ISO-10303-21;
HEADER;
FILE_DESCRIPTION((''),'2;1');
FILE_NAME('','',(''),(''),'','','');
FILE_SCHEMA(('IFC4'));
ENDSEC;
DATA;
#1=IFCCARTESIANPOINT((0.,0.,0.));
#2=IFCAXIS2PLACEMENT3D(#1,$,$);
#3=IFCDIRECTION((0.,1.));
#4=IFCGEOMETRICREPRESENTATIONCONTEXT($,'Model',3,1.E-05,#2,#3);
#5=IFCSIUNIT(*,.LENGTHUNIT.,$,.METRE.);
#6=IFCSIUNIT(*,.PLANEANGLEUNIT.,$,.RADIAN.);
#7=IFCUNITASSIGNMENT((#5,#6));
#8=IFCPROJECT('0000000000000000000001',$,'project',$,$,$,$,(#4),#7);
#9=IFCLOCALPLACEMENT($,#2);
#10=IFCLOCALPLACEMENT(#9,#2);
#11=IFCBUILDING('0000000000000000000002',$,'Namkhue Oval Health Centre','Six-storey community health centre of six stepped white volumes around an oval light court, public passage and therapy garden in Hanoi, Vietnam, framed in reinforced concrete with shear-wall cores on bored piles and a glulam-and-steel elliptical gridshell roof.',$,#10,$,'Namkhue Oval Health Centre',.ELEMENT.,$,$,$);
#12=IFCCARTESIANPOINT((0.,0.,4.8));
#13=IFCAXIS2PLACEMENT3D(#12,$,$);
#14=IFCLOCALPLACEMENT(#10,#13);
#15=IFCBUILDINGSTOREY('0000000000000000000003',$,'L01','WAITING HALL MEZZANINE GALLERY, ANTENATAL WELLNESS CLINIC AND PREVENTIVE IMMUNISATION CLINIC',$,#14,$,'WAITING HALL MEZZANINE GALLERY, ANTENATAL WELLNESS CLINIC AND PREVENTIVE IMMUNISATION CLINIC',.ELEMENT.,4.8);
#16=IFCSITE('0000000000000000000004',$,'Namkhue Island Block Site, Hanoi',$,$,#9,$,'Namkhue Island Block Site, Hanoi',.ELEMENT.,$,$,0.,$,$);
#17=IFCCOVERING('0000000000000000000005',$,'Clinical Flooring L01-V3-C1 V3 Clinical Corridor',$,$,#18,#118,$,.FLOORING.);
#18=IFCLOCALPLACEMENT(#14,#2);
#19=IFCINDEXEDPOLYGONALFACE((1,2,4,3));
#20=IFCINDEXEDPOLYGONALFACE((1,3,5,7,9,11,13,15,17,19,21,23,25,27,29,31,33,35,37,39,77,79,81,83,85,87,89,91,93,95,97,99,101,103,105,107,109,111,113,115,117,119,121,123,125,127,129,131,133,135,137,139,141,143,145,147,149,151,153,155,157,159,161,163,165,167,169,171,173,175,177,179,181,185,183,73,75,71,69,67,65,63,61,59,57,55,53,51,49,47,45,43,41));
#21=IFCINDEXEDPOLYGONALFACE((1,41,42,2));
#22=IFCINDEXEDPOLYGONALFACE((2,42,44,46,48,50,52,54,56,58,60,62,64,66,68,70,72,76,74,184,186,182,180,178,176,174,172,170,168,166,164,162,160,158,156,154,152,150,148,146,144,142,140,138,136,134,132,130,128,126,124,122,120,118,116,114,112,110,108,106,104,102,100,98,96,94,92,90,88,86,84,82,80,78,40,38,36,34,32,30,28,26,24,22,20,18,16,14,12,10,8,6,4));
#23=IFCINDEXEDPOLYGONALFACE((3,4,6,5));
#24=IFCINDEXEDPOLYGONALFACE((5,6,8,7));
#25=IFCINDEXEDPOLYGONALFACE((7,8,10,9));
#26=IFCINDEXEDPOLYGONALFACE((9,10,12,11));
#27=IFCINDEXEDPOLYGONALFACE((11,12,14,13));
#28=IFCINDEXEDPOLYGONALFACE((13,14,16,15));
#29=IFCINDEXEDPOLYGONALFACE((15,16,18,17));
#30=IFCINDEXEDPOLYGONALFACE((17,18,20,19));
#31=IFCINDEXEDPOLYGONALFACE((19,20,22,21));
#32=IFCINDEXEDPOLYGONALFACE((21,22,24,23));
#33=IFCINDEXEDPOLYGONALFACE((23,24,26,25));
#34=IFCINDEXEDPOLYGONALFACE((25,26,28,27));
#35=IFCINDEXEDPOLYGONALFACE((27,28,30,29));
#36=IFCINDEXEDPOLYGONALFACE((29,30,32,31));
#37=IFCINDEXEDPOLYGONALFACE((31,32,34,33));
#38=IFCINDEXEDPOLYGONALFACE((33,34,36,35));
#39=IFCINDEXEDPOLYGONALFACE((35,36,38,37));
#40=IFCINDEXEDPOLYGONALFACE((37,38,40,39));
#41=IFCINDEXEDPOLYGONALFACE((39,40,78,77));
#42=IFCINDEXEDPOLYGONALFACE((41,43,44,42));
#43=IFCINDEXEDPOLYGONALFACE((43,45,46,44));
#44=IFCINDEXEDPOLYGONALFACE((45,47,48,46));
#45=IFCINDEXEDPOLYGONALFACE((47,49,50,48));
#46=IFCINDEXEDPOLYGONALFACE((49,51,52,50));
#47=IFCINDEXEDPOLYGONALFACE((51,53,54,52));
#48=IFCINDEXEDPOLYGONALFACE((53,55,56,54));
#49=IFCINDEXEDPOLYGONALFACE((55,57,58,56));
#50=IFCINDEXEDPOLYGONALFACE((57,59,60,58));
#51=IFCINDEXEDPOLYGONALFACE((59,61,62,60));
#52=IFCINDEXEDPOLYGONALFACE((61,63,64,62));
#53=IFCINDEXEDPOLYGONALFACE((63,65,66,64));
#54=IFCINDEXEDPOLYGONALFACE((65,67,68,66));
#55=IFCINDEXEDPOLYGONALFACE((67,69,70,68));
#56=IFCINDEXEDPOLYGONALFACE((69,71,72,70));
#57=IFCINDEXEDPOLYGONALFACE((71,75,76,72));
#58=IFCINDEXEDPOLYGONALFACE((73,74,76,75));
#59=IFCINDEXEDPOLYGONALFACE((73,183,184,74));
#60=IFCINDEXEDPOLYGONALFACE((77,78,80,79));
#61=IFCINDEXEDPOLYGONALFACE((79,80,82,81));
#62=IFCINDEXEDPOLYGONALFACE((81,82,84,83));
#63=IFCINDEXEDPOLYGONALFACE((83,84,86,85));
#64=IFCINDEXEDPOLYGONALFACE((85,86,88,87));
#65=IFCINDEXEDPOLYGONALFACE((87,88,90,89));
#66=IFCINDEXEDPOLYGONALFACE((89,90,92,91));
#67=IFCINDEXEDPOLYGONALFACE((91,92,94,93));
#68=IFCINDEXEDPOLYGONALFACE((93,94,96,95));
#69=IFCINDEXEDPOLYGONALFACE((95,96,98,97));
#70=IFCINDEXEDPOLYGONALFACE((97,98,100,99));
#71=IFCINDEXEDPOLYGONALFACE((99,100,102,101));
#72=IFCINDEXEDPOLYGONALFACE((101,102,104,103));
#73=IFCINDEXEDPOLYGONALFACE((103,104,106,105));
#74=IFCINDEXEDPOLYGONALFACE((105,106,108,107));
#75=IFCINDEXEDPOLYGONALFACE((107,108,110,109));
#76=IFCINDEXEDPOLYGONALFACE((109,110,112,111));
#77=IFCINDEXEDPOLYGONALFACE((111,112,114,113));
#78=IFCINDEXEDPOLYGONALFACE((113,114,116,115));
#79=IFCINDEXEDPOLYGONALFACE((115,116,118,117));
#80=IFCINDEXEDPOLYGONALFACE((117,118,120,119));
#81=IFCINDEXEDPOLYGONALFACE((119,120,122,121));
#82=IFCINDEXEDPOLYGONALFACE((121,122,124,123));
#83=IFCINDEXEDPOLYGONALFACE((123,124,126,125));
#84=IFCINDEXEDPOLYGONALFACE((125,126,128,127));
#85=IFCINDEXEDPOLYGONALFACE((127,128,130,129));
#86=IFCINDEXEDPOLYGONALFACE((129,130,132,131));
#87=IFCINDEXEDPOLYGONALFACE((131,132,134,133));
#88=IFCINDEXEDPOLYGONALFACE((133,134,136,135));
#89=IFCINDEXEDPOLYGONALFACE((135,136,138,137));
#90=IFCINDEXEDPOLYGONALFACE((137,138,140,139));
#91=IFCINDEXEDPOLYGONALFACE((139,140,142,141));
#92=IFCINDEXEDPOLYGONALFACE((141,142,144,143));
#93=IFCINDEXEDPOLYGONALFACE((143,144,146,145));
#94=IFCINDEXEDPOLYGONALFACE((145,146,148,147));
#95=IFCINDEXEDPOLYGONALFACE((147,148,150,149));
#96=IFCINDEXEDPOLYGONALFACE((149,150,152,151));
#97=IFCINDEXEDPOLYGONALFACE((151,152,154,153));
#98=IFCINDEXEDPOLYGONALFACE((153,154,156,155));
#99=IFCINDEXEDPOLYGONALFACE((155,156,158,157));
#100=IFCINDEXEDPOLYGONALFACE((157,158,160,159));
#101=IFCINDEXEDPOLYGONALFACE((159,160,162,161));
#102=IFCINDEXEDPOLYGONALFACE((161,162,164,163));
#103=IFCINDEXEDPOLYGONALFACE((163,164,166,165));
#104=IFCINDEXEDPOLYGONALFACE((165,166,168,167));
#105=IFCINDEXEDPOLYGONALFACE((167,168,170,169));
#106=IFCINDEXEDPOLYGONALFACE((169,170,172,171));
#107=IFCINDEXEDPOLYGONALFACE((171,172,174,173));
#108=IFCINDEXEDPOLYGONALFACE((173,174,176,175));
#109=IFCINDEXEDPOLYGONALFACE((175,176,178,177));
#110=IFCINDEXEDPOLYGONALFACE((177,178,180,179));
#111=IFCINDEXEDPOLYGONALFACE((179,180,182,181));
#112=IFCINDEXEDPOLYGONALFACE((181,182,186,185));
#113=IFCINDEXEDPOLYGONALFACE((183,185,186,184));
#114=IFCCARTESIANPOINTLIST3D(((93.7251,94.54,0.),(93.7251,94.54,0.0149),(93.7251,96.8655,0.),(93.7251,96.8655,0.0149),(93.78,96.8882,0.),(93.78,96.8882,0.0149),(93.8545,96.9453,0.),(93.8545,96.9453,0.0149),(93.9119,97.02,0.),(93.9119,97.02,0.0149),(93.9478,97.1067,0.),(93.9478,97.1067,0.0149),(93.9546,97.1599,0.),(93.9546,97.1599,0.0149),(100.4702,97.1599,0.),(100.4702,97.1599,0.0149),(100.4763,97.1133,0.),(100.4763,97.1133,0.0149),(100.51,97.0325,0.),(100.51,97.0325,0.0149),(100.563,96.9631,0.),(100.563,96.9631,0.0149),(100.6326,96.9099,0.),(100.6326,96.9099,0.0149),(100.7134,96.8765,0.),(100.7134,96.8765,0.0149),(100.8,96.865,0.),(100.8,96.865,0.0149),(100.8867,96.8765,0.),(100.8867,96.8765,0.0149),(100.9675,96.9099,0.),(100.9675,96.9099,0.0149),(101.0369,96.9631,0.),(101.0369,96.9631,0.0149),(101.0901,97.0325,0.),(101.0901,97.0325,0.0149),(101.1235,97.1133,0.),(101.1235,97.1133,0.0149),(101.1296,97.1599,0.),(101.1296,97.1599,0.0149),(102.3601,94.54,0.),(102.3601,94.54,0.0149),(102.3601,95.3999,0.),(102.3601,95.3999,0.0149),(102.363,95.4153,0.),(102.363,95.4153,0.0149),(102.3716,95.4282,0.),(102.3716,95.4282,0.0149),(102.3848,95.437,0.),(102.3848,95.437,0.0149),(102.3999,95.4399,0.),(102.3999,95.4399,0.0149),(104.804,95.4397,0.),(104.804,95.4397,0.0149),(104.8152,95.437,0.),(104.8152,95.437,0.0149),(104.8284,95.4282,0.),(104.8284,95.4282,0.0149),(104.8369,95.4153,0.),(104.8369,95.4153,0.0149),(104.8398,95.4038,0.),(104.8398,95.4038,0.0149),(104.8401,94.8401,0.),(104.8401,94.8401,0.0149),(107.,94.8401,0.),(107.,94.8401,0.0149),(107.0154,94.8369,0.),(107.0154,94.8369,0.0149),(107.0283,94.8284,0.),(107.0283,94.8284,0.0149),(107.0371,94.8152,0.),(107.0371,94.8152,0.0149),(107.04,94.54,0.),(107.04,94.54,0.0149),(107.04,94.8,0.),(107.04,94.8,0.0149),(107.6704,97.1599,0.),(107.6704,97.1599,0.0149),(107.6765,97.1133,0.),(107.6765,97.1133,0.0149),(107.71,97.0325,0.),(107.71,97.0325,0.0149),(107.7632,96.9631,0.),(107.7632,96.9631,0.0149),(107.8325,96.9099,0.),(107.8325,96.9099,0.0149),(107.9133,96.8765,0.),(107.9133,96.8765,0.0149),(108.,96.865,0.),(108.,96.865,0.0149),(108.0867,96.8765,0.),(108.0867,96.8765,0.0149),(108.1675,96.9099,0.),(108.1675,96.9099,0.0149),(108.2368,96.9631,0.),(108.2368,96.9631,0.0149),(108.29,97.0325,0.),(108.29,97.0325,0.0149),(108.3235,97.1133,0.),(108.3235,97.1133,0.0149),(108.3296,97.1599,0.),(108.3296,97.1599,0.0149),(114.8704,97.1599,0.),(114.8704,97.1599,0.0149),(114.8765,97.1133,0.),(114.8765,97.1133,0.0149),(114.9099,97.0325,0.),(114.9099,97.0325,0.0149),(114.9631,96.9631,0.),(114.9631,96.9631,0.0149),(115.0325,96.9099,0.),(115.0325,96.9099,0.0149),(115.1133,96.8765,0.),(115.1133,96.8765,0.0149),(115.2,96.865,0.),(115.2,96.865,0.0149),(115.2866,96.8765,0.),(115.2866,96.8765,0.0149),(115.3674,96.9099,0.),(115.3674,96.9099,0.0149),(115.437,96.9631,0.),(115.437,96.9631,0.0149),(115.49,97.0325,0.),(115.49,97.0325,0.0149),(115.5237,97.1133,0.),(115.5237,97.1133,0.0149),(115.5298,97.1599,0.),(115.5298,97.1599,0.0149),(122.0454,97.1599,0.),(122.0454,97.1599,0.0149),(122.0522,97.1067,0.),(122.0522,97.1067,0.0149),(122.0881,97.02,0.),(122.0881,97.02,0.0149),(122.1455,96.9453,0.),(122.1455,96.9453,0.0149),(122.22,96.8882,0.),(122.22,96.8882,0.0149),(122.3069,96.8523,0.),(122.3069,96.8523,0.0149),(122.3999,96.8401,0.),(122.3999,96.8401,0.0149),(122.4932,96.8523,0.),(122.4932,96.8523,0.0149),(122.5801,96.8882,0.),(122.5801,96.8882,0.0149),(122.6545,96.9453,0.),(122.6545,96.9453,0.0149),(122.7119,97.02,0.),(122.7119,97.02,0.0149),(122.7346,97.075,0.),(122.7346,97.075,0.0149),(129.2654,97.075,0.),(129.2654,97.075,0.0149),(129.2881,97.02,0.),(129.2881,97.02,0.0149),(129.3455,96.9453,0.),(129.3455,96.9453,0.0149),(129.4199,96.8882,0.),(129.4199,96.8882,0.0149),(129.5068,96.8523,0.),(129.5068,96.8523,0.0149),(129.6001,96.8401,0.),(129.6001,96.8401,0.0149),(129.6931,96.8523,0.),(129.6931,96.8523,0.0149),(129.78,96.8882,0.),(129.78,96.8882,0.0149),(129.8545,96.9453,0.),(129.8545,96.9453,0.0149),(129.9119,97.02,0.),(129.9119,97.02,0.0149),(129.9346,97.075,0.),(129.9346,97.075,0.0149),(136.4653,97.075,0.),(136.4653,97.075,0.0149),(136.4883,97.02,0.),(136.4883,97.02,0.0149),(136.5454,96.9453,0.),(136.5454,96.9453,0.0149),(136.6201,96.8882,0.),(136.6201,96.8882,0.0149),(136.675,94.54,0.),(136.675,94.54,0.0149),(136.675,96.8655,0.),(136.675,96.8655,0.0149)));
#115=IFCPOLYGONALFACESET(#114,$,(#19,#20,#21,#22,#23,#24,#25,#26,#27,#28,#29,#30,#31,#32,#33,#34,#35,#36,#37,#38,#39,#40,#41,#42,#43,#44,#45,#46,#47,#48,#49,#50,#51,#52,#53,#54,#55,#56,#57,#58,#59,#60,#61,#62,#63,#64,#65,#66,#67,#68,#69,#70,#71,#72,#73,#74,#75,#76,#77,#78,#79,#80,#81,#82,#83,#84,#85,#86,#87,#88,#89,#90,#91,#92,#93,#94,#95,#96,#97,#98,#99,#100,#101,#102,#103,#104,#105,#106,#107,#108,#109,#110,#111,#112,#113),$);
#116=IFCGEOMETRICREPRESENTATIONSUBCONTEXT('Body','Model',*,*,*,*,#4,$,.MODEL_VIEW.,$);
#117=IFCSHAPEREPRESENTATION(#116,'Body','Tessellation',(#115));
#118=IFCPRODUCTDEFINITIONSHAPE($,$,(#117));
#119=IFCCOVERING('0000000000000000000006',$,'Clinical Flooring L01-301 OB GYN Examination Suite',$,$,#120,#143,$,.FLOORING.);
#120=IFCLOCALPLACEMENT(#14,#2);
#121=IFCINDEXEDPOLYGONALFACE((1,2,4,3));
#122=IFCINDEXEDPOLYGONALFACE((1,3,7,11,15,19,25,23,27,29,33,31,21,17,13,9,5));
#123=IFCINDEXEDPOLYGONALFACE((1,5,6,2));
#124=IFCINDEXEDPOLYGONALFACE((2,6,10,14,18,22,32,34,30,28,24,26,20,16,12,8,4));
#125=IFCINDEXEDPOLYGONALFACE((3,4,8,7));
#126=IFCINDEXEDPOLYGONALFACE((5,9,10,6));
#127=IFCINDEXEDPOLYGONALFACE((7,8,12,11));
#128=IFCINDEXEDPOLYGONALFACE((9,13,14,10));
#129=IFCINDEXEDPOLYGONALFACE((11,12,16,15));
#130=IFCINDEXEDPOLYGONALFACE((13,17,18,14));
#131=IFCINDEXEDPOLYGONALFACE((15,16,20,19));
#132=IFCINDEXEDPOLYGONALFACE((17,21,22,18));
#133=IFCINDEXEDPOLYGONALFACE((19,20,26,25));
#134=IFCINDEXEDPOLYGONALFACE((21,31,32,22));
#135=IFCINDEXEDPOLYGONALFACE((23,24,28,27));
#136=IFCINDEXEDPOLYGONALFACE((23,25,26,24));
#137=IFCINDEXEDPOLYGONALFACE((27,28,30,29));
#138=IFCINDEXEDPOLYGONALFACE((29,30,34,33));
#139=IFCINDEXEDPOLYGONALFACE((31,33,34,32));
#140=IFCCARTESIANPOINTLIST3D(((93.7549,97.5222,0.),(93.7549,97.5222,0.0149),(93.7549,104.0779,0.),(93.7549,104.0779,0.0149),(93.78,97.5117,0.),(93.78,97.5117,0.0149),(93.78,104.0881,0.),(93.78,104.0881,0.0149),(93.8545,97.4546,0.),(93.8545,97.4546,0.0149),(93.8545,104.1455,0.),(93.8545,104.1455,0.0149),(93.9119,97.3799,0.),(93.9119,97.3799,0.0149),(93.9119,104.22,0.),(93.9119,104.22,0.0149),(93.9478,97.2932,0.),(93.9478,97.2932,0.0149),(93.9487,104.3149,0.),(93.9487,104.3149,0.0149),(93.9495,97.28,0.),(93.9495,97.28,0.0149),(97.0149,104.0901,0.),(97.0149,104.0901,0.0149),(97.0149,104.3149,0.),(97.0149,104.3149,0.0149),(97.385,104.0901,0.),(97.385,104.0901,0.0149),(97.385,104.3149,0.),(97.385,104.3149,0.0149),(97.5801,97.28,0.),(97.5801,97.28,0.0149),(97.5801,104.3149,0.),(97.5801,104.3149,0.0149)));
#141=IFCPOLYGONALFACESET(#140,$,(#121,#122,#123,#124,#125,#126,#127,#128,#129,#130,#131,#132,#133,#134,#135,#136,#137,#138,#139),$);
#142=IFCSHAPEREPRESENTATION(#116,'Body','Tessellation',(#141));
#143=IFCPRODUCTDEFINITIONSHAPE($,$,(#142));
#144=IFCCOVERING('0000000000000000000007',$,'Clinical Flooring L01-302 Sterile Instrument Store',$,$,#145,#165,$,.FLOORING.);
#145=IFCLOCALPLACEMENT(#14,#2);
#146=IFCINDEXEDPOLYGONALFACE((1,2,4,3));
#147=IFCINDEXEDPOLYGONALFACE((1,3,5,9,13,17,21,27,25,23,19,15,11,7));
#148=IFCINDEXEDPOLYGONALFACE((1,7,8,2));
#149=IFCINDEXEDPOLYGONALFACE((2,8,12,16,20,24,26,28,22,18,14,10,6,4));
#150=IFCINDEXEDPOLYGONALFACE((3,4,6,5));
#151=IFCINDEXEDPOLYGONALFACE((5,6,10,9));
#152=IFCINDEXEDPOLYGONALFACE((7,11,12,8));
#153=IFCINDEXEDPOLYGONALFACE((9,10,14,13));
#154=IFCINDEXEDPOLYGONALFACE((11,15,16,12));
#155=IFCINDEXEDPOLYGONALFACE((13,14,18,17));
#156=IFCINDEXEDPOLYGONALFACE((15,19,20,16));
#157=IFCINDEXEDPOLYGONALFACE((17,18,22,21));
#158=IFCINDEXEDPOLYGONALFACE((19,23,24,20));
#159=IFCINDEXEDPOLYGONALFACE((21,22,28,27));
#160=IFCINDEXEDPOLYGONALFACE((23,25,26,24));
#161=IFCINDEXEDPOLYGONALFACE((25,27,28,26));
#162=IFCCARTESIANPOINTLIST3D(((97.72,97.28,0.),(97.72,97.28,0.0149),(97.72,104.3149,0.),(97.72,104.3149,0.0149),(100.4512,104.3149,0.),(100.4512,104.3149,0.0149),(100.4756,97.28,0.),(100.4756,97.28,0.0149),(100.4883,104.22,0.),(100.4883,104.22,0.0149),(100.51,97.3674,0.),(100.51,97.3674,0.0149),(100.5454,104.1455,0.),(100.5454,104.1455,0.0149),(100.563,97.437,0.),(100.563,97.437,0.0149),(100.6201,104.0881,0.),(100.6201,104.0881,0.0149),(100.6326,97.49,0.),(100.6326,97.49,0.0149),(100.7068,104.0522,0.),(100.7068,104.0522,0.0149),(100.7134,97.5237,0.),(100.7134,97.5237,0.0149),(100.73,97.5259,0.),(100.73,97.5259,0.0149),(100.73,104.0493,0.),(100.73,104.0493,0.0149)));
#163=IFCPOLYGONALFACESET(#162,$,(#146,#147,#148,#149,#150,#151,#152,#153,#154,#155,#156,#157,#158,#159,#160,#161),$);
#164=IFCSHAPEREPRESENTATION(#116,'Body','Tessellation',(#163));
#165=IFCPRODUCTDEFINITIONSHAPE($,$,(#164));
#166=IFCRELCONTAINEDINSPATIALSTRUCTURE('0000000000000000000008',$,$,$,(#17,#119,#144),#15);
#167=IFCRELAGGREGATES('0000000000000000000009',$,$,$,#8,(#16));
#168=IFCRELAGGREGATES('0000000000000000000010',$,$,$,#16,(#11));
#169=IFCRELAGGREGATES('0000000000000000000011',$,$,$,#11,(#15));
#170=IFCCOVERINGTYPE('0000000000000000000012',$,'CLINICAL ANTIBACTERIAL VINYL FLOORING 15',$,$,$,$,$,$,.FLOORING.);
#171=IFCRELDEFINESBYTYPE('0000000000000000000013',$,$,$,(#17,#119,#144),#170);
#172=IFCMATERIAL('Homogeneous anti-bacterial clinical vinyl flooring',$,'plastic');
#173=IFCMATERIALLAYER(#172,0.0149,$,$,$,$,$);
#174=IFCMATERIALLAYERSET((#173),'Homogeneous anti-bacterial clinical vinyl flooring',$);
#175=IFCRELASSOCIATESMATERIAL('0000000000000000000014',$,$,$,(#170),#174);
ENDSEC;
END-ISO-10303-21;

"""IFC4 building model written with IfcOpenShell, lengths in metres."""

from ifc_helpers import new_model, si_unit, direction, frame, origin, place, context, subcontext, project, spatial, polyline, outline, extrude, material, layer, layer_set, type_object, element, save


model = new_model("IFC4")

# Units and contexts
model_context = context("Model", 3, precision=1e-05, world=origin(), true_north=direction((0.0, 1.0)))
body_context = subcontext(model_context, "Body", "Model", "MODEL_VIEW")
ifc_project = project(units=[si_unit("LENGTHUNIT", "METRE"), si_unit("PLANEANGLEUNIT", "RADIAN")], contexts=[model_context])

# Site, building, storey
site_placement = place(None, origin())
site = spatial("IfcSite", under=ifc_project, at=site_placement, Name="Namkhue Island Block Site, Hanoi", LongName="Namkhue Island Block Site, Hanoi", CompositionType="ELEMENT", RefElevation=0.0)
building_placement = place(site_placement, origin())
building = spatial("IfcBuilding", under=site, at=building_placement, Name="Namkhue Oval Health Centre", Description="Six-storey community health centre of six stepped white volumes around an oval light court, public passage and therapy garden in Hanoi, Vietnam, framed in reinforced concrete with shear-wall cores on bored piles and a glulam-and-steel elliptical gridshell roof.", LongName="Namkhue Oval Health Centre", CompositionType="ELEMENT")
storey_placement = place(building_placement, frame((0.0, 0.0, 4.8)))
storey = spatial("IfcBuildingStorey", under=building, at=storey_placement, Name="L01", Description="WAITING HALL MEZZANINE GALLERY, ANTENATAL WELLNESS CLINIC AND PREVENTIVE IMMUNISATION CLINIC", LongName="WAITING HALL MEZZANINE GALLERY, ANTENATAL WELLNESS CLINIC AND PREVENTIVE IMMUNISATION CLINIC", CompositionType="ELEMENT", Elevation=4.8)

# Coverings
ifc_material = material(Name="Homogeneous anti-bacterial clinical vinyl flooring", Category="plastic")
ifc_layer = layer(ifc_material, 0.0149)
ifc_layer_set = layer_set([ifc_layer], Name="Homogeneous anti-bacterial clinical vinyl flooring")
covering_type = type_object("IfcCoveringType", Name="CLINICAL ANTIBACTERIAL VINYL FLOORING 15", PredefinedType="FLOORING", material=ifc_layer_set)
covering_1_placement = place(storey_placement, origin())
element("IfcCovering", 1, at=covering_1_placement, inside=storey, type_object=covering_type, Name="Clinical Flooring L01-V3-C1 V3 Clinical Corridor", PredefinedType="FLOORING", context=body_context, shape_type="SweptSolid", body=[
    extrude(outline(polyline([(107.04, 94.8), (107.0371, 94.8152), (107.0283, 94.8284), (107.0154, 94.8369), (107.0, 94.8401), (104.8401, 94.8401), (104.8398, 95.4038), (104.8369, 95.4153), (104.8284, 95.4282), (104.8152, 95.437), (104.804, 95.4397), (102.3999, 95.4399), (102.3848, 95.437), (102.3716, 95.4282), (102.363, 95.4153), (102.3601, 95.3999), (102.3601, 94.54), (93.7251, 94.54), (93.7251, 96.8655), (93.78, 96.8882), (93.8545, 96.9453), (93.9119, 97.02), (93.9478, 97.1067), (93.9546, 97.1599), (100.4702, 97.1599), (100.4763, 97.1133), (100.51, 97.0325), (100.563, 96.9631), (100.6326, 96.9099), (100.7134, 96.8765), (100.8, 96.865), (100.8867, 96.8765), (100.9675, 96.9099), (101.0369, 96.9631), (101.0901, 97.0325), (101.1235, 97.1133), (101.1296, 97.1599), (107.6704, 97.1599), (107.6765, 97.1133), (107.71, 97.0325), (107.7632, 96.9631), (107.8325, 96.9099), (107.9133, 96.8765), (108.0, 96.865), (108.0867, 96.8765), (108.1675, 96.9099), (108.2368, 96.9631), (108.29, 97.0325), (108.3235, 97.1133), (108.3296, 97.1599), (114.8704, 97.1599), (114.8765, 97.1133), (114.9099, 97.0325), (114.9631, 96.9631), (115.0325, 96.9099), (115.1133, 96.8765), (115.2, 96.865), (115.2866, 96.8765), (115.3674, 96.9099), (115.437, 96.9631), (115.49, 97.0325), (115.5237, 97.1133), (115.5298, 97.1599), (122.0454, 97.1599), (122.0522, 97.1067), (122.0881, 97.02), (122.1455, 96.9453), (122.22, 96.8882), (122.3069, 96.8523), (122.3999, 96.8401), (122.4932, 96.8523), (122.5801, 96.8882), (122.6545, 96.9453), (122.7119, 97.02), (122.7346, 97.075), (129.2654, 97.075), (129.2881, 97.02), (129.3455, 96.9453), (129.4199, 96.8882), (129.5068, 96.8523), (129.6001, 96.8401), (129.6931, 96.8523), (129.78, 96.8882), (129.8545, 96.9453), (129.9119, 97.02), (129.9346, 97.075), (136.4653, 97.075), (136.4883, 97.02), (136.5454, 96.9453), (136.6201, 96.8882), (136.675, 96.8655), (136.675, 94.54), (107.04, 94.54), (107.04, 94.8)])), origin(), (0.0, 0.0, 1.0), 0.0149),
])
covering_2_placement = place(storey_placement, origin())
element("IfcCovering", 2, at=covering_2_placement, inside=storey, type_object=covering_type, Name="Clinical Flooring L01-301 OB GYN Examination Suite", PredefinedType="FLOORING", context=body_context, shape_type="SweptSolid", body=[
    extrude(outline(polyline([(93.9495, 97.28), (93.9478, 97.2932), (93.9119, 97.3799), (93.8545, 97.4546), (93.78, 97.5117), (93.7549, 97.5222), (93.7549, 104.0779), (93.78, 104.0881), (93.8545, 104.1455), (93.9119, 104.22), (93.9487, 104.3149), (97.0149, 104.3149), (97.0149, 104.0901), (97.385, 104.0901), (97.385, 104.3149), (97.5801, 104.3149), (97.5801, 97.28), (93.9495, 97.28)])), origin(), (0.0, 0.0, 1.0), 0.0149),
])
covering_3_placement = place(storey_placement, origin())
element("IfcCovering", 3, at=covering_3_placement, inside=storey, type_object=covering_type, Name="Clinical Flooring L01-302 Sterile Instrument Store", PredefinedType="FLOORING", context=body_context, shape_type="SweptSolid", body=[
    extrude(outline(polyline([(97.72, 97.28), (97.72, 104.3149), (100.4512, 104.3149), (100.4883, 104.22), (100.5454, 104.1455), (100.6201, 104.0881), (100.7068, 104.0522), (100.73, 104.0493), (100.73, 97.5259), (100.7134, 97.5237), (100.6326, 97.49), (100.563, 97.437), (100.51, 97.3674), (100.4756, 97.28), (97.72, 97.28)])), origin(), (0.0, 0.0, 1.0), 0.0149),
])

save(model, "model.ifc")
